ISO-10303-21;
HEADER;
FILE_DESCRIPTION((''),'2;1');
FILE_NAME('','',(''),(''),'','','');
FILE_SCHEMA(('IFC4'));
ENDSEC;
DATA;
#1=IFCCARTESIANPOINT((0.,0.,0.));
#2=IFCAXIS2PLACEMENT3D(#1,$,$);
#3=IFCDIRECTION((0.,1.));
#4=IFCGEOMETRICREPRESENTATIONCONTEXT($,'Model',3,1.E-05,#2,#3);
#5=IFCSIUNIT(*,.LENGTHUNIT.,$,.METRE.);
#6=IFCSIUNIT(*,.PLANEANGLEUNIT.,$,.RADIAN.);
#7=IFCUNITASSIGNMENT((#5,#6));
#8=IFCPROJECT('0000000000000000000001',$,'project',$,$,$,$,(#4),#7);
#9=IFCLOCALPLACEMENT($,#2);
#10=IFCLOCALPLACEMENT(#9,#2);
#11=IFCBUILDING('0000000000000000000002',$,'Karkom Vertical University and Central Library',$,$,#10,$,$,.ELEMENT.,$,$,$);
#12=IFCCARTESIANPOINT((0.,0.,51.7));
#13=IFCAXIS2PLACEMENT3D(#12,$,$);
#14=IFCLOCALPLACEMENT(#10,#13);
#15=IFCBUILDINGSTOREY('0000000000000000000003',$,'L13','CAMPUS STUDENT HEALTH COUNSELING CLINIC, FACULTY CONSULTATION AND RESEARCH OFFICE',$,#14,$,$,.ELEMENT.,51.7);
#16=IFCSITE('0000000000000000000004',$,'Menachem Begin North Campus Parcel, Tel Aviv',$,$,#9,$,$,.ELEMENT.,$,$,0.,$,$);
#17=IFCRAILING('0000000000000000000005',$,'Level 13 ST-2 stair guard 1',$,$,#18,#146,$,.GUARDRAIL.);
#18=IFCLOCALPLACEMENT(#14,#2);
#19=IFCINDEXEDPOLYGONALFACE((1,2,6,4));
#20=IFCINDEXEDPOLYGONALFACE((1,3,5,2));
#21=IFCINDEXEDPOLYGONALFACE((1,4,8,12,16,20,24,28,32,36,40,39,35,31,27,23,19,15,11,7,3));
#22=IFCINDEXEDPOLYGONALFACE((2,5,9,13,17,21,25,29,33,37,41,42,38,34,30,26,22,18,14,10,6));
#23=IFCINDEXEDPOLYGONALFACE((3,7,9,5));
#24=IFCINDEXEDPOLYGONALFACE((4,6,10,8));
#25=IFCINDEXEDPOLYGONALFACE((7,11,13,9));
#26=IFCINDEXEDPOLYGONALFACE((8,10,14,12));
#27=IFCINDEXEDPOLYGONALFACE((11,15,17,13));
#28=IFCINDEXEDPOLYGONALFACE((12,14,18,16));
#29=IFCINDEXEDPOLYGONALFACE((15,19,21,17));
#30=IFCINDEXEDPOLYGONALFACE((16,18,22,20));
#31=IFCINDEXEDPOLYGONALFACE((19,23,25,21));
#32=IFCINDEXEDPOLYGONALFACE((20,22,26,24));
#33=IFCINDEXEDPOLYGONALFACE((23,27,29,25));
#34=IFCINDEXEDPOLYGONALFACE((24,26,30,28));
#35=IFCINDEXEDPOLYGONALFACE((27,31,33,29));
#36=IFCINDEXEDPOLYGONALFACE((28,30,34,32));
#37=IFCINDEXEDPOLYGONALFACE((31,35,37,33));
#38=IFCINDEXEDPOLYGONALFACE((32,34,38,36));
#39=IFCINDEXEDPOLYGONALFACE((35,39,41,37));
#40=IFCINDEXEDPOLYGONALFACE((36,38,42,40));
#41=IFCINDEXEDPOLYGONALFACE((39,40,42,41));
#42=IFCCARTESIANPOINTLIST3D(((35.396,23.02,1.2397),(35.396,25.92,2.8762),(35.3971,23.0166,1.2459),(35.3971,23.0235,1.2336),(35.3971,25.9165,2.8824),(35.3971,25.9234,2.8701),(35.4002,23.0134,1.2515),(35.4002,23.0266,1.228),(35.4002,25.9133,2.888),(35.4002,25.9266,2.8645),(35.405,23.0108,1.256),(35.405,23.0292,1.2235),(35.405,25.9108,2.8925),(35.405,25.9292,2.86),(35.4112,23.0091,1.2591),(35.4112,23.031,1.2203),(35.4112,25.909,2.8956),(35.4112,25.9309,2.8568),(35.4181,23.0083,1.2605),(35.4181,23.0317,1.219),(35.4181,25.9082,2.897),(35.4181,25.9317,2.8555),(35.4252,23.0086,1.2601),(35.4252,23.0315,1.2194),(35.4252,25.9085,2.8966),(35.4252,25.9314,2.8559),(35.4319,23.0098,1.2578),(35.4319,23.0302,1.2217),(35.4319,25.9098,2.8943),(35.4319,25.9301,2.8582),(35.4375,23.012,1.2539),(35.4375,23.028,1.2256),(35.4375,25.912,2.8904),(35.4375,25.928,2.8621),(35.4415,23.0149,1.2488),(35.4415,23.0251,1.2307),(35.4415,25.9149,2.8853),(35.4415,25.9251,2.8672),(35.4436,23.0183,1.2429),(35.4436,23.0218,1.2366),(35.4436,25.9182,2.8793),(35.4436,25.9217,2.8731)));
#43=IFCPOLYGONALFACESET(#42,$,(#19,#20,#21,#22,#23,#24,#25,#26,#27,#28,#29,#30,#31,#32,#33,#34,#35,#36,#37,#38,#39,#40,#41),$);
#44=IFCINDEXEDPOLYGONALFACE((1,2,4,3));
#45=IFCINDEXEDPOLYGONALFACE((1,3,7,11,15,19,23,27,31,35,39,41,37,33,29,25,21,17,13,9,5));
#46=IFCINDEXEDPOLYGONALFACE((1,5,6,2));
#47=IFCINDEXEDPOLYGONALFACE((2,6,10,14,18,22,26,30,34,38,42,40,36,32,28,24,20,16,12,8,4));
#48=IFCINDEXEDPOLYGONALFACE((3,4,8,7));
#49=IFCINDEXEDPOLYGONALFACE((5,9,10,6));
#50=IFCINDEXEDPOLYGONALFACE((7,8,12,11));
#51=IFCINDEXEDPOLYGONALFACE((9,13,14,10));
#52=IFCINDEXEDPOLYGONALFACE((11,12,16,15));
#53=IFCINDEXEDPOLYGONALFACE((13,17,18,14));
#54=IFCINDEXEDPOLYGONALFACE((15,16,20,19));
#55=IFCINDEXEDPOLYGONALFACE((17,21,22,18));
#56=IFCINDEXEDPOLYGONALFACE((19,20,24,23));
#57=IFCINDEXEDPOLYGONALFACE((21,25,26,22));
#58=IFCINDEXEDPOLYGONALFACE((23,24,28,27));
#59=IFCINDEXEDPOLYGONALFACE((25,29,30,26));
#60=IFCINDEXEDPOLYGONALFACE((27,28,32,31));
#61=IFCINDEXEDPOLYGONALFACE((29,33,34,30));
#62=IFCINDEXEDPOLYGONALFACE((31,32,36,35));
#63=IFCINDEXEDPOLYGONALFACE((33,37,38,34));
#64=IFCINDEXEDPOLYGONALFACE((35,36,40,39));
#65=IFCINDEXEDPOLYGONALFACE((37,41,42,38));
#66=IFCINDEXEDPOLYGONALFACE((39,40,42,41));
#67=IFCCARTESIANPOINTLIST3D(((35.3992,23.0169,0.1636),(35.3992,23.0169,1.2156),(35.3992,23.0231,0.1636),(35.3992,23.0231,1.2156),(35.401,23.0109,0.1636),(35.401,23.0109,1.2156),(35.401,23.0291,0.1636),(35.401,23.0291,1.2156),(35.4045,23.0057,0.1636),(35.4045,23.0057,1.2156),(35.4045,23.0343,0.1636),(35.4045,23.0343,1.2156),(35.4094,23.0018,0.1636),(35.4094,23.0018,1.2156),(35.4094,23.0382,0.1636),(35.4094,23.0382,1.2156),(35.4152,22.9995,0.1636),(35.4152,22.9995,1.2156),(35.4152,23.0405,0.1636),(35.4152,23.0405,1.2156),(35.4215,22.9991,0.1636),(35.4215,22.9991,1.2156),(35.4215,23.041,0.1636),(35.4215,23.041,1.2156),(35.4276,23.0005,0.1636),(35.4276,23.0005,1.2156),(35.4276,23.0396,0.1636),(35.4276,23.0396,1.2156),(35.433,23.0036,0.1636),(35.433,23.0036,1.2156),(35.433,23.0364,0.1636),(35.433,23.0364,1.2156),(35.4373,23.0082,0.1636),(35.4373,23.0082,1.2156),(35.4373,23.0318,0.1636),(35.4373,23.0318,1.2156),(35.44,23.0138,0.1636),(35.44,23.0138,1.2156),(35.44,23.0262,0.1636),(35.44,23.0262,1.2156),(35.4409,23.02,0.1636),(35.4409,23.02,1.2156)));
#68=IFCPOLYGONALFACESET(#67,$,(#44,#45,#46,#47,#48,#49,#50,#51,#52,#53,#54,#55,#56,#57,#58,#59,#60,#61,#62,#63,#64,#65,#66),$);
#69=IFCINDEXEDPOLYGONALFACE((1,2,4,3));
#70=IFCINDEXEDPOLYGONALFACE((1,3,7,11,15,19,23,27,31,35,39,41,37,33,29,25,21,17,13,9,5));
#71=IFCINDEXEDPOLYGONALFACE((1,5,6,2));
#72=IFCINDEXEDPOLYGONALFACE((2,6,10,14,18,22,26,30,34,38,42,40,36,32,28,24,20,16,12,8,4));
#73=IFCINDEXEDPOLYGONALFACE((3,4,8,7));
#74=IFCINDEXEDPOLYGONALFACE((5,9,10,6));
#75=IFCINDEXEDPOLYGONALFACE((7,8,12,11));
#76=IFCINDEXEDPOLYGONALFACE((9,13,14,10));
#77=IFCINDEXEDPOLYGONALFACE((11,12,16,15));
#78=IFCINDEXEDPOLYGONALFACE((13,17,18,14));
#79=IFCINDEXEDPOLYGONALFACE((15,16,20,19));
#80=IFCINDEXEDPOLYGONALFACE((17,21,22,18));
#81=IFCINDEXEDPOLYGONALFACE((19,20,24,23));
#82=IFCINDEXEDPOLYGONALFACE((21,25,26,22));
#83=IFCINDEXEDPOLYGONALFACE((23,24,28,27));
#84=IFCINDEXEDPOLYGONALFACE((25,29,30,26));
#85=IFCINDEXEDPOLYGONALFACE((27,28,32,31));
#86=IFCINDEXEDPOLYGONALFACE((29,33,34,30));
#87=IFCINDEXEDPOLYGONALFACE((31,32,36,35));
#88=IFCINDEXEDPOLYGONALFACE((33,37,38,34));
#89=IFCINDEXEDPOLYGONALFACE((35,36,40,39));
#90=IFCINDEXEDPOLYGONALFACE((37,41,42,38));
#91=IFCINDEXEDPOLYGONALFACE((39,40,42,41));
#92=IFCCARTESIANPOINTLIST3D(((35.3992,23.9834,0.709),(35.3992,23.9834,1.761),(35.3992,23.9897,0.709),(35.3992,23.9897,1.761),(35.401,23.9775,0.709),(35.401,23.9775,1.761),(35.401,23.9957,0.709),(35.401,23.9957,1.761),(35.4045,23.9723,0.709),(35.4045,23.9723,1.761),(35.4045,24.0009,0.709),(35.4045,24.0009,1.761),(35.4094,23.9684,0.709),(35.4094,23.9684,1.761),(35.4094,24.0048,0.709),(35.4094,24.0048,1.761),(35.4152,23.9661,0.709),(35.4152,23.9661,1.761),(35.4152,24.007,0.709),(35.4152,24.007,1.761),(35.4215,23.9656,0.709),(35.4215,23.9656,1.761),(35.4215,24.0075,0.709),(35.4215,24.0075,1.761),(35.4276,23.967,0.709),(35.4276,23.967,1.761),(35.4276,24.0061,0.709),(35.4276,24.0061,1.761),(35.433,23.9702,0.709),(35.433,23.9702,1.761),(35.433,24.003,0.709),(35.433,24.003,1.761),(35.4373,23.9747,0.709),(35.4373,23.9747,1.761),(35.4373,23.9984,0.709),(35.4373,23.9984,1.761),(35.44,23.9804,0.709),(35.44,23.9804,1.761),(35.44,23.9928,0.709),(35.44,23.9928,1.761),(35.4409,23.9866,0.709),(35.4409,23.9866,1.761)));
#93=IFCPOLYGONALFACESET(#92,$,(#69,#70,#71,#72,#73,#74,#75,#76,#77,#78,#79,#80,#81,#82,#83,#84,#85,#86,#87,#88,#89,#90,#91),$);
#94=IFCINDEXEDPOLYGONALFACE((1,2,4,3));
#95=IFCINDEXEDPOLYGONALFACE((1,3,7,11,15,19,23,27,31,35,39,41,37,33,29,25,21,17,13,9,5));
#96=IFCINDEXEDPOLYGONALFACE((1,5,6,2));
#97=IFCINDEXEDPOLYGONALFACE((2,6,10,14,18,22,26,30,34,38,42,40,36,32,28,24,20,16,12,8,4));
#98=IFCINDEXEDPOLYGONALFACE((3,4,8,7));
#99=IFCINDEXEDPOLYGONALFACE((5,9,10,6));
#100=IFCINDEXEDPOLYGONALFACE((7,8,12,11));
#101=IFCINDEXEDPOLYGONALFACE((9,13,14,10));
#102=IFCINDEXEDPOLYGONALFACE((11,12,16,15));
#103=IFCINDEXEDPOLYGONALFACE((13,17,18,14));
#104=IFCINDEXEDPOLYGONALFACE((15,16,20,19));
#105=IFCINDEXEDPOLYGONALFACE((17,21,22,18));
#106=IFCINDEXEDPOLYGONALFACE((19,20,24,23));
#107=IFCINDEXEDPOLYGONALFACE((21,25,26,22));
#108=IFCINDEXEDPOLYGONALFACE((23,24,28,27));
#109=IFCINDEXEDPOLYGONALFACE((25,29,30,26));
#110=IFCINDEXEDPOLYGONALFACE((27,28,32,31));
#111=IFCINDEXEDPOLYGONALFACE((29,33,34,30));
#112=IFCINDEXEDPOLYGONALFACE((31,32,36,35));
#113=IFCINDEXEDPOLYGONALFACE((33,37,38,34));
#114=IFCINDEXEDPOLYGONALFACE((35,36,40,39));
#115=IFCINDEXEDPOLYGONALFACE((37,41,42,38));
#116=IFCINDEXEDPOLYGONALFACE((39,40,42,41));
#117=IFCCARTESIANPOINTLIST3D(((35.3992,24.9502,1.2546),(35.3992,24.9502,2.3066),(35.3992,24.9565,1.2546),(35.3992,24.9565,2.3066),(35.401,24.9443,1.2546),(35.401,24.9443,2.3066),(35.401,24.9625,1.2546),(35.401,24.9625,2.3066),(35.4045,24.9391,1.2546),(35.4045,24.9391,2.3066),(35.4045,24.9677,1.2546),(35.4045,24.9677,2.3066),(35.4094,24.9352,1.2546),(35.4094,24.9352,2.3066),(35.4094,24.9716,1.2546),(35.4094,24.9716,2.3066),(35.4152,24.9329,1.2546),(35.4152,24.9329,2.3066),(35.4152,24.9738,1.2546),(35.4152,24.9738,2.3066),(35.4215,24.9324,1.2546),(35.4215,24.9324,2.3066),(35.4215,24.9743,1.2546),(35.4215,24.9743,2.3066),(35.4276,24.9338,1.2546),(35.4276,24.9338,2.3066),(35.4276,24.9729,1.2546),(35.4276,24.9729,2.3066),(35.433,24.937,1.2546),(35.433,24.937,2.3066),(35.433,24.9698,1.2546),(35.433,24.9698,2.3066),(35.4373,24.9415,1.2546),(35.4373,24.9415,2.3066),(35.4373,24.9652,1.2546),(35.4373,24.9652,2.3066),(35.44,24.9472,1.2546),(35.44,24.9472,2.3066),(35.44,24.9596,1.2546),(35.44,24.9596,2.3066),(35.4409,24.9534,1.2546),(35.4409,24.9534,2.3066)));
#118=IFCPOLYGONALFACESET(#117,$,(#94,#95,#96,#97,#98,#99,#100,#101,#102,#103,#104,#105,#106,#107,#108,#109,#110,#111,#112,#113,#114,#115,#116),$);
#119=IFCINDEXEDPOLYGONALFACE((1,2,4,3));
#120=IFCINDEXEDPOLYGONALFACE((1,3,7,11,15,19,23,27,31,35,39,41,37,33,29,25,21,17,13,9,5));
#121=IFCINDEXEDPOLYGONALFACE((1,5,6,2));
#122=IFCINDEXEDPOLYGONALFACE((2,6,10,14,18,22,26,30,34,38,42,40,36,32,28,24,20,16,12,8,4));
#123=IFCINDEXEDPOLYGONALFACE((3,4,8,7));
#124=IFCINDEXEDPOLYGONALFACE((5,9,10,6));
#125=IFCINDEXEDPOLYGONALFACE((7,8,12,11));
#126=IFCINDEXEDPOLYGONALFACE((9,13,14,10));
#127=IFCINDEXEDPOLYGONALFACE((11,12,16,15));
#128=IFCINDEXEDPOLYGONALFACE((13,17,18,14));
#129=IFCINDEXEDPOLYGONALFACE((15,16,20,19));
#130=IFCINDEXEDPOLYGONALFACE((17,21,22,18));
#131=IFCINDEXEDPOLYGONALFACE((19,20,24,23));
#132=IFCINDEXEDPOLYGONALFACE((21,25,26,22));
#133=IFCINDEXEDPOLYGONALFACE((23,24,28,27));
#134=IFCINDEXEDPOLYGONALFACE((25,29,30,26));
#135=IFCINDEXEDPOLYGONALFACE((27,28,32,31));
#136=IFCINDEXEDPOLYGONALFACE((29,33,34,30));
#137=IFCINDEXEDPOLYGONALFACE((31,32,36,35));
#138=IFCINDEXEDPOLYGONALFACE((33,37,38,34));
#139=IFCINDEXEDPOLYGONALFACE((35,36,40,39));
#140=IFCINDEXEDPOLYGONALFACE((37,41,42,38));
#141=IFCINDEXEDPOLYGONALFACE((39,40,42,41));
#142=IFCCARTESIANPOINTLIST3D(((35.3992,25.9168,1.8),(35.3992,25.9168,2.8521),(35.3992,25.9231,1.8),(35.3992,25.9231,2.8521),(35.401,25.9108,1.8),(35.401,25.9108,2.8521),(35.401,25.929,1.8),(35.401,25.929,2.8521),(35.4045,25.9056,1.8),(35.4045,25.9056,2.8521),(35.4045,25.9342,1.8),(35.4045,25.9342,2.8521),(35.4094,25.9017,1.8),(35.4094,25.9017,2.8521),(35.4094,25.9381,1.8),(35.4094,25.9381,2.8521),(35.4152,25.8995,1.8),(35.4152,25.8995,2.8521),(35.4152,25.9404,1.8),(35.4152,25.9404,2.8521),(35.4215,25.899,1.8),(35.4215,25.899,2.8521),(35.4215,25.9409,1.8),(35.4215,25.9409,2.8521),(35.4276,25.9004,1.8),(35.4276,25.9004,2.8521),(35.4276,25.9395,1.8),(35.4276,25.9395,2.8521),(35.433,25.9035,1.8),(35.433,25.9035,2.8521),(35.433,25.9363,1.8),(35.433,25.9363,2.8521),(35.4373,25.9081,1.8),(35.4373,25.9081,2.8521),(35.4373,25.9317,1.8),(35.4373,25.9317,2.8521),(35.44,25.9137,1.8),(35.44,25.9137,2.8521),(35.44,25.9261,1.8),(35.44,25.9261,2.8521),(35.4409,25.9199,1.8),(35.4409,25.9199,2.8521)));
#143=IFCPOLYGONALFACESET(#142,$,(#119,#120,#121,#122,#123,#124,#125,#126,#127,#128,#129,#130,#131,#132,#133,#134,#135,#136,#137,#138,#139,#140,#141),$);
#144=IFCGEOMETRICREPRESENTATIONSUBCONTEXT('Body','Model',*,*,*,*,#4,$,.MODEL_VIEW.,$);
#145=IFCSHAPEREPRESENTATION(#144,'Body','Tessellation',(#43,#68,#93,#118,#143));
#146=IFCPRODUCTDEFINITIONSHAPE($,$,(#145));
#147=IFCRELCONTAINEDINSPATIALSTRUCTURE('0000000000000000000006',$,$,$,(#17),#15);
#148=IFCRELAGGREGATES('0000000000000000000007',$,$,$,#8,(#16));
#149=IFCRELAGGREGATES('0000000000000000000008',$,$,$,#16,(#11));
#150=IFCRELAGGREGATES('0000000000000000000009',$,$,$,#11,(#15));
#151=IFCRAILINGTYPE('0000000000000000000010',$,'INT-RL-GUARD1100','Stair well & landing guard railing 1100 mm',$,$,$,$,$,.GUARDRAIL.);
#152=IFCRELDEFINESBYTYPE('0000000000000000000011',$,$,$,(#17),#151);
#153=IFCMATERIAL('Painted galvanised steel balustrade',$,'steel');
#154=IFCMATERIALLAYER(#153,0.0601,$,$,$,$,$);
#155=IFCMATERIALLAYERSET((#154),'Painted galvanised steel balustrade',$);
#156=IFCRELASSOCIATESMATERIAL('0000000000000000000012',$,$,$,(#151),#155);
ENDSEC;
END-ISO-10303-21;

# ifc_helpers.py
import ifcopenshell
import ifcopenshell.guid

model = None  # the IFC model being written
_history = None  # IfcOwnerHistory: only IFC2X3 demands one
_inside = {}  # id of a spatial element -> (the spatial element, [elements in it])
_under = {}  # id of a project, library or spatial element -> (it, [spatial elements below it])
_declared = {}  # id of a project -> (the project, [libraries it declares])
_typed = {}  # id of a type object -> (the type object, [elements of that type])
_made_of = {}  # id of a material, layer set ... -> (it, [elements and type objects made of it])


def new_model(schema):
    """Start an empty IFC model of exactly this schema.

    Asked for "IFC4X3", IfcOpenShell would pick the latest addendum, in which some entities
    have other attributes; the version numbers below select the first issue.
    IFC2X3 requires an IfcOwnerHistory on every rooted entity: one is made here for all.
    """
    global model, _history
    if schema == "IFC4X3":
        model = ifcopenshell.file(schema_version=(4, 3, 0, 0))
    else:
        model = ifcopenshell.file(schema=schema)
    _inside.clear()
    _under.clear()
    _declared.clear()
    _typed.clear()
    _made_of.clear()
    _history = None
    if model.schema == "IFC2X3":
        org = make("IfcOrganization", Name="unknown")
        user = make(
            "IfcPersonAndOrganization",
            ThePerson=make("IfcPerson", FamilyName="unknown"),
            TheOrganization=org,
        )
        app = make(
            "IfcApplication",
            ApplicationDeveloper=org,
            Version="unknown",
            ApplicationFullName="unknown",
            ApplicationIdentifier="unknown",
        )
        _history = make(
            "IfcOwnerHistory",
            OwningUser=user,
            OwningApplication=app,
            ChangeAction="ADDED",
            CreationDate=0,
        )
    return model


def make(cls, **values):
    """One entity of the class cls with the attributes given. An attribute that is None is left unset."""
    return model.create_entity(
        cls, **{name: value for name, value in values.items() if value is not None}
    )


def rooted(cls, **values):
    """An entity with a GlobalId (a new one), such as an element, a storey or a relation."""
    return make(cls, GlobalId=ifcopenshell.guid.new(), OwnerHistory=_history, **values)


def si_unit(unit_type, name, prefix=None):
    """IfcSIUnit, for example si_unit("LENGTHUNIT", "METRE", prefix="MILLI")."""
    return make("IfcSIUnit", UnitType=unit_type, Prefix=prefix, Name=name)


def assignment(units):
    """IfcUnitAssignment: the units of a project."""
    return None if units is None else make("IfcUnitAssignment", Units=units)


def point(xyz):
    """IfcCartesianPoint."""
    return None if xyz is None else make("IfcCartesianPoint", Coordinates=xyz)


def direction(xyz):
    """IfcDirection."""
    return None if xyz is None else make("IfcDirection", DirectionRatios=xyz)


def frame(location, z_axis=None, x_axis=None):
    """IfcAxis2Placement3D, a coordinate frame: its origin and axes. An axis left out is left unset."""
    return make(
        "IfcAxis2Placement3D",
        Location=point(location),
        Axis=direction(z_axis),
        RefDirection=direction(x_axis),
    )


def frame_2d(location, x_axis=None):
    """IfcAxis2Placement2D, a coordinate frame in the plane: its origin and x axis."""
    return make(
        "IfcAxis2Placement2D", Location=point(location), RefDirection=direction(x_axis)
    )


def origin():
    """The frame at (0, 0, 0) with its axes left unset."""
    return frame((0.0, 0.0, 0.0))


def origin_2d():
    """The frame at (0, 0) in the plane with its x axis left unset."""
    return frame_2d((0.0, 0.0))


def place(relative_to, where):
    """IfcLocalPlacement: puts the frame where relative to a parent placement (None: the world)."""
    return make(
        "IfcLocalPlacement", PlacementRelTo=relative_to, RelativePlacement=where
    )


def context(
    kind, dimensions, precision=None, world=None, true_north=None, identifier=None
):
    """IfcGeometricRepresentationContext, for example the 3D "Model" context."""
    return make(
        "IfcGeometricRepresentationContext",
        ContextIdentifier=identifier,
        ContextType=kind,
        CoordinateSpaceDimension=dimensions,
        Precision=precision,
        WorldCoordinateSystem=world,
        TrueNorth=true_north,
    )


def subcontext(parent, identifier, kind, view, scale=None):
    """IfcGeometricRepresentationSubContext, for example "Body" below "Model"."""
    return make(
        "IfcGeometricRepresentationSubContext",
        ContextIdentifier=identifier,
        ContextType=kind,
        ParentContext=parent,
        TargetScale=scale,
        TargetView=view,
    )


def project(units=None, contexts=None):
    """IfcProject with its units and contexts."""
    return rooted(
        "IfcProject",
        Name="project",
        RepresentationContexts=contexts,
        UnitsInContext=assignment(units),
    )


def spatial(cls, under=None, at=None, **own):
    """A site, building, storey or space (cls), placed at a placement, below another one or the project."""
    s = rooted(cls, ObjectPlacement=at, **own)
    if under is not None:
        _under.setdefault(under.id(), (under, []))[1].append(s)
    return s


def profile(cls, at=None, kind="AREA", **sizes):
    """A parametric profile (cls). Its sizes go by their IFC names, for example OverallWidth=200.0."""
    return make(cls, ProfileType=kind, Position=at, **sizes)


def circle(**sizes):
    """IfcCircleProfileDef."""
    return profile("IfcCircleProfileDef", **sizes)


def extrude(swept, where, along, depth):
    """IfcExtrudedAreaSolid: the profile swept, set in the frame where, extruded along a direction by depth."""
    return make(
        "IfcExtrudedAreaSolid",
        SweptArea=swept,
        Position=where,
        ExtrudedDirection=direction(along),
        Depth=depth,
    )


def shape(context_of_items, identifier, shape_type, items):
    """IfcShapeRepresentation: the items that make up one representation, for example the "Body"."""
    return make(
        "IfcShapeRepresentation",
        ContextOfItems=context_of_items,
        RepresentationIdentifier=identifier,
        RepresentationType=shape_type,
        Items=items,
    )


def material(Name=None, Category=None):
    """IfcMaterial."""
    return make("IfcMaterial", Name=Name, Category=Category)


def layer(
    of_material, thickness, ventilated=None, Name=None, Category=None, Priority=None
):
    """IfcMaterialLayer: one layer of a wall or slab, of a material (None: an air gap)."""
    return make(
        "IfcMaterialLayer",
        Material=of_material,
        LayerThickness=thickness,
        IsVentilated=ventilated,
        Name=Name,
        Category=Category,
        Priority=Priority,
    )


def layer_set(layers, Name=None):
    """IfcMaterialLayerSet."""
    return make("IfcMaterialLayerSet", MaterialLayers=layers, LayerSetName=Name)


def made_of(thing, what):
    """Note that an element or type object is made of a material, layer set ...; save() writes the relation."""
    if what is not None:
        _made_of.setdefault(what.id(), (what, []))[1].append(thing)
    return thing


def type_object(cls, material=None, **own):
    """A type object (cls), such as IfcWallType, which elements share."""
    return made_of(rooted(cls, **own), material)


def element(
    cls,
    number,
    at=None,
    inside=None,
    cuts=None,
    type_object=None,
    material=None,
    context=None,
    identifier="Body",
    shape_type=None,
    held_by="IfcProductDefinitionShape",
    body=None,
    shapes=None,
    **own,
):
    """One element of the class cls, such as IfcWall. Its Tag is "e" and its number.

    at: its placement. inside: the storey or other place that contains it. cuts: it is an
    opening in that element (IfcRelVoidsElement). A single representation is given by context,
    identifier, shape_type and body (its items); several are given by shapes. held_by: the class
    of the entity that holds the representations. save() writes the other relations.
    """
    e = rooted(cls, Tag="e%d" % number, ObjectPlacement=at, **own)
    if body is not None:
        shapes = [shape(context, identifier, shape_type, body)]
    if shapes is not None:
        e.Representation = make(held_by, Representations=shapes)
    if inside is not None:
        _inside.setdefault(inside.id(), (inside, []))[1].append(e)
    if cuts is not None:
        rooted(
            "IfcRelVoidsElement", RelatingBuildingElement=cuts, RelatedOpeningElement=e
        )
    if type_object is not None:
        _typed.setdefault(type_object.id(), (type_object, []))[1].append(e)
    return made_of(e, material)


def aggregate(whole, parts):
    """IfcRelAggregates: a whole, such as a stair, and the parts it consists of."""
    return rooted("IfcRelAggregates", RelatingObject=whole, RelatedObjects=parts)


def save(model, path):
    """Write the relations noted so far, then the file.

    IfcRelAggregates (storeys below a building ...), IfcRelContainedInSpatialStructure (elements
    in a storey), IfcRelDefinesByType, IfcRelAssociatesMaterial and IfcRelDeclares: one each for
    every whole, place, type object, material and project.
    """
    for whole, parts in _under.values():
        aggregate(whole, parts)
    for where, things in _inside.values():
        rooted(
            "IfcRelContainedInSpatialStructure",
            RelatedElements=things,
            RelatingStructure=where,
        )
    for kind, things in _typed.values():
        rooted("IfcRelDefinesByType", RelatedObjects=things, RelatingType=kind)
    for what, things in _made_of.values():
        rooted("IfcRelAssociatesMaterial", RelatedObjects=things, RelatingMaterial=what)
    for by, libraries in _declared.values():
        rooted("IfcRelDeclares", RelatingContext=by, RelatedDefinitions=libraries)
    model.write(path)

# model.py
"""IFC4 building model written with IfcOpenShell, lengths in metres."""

from ifc_helpers import new_model, si_unit, direction, frame, origin, origin_2d, place, context, subcontext, project, spatial, circle, extrude, material, layer, layer_set, type_object, element, save


model = new_model("IFC4")

# Units and contexts
model_context = context("Model", 3, precision=1e-05, world=origin(), true_north=direction((0.0, 1.0)))
body_context = subcontext(model_context, "Body", "Model", "MODEL_VIEW")
ifc_project = project(units=[si_unit("LENGTHUNIT", "METRE"), si_unit("PLANEANGLEUNIT", "RADIAN")], contexts=[model_context])

# Site, building, storey
site_placement = place(None, origin())
site = spatial("IfcSite", under=ifc_project, at=site_placement, Name="Menachem Begin North Campus Parcel, Tel Aviv", CompositionType="ELEMENT", RefElevation=0.0)
building_placement = place(site_placement, origin())
building = spatial("IfcBuilding", under=site, at=building_placement, Name="Karkom Vertical University and Central Library", CompositionType="ELEMENT")
storey_placement = place(building_placement, frame((0.0, 0.0, 51.7)))
storey = spatial("IfcBuildingStorey", under=building, at=storey_placement, Name="L13", Description="CAMPUS STUDENT HEALTH COUNSELING CLINIC, FACULTY CONSULTATION AND RESEARCH OFFICE", CompositionType="ELEMENT", Elevation=51.7)

# Railing
ifc_material_1 = material(Name="Painted galvanised steel balustrade", Category="steel")
ifc_layer_1 = layer(ifc_material_1, 0.0601)
ifc_layer_set_1 = layer_set([ifc_layer_1], Name="Painted galvanised steel balustrade")
railing_type_1 = type_object("IfcRailingType", Name="INT-RL-GUARD1100", Description="Stair well & landing guard railing 1100 mm", PredefinedType="GUARDRAIL", material=ifc_layer_set_1)
railing_1_placement = place(storey_placement, frame((35.4199, 23.02, 0.1636)))
element("IfcRailing", 1, at=railing_1_placement, inside=storey, type_object=railing_type_1, Name="Level 13 ST-2 stair guard 1", PredefinedType="GUARDRAIL", context=body_context, shape_type="SweptSolid", body=[
    extrude(circle(Radius=0.0239, at=origin_2d()), frame((0.0, 0.0, 1.0762), z_axis=(0.0, 0.870897, 0.491465), x_axis=(-1.0, 0.0, 0.0)), (0.0, 0.0, 1.0), 3.3298),
    extrude(circle(Radius=0.021, at=origin_2d()), origin(), (0.0, 0.0, 1.0), 1.052),
    extrude(circle(Radius=0.021, at=origin_2d()), frame((0.0, 0.9666, 0.5454)), (0.0, 0.0, 1.0), 1.052),
    extrude(circle(Radius=0.021, at=origin_2d()), frame((0.0, 1.9333, 1.0911)), (0.0, 0.0, 1.0), 1.052),
    extrude(circle(Radius=0.021, at=origin_2d()), frame((0.0, 2.8999, 1.6365)), (0.0, 0.0, 1.0), 1.052),
])

save(model, "model.ifc")
